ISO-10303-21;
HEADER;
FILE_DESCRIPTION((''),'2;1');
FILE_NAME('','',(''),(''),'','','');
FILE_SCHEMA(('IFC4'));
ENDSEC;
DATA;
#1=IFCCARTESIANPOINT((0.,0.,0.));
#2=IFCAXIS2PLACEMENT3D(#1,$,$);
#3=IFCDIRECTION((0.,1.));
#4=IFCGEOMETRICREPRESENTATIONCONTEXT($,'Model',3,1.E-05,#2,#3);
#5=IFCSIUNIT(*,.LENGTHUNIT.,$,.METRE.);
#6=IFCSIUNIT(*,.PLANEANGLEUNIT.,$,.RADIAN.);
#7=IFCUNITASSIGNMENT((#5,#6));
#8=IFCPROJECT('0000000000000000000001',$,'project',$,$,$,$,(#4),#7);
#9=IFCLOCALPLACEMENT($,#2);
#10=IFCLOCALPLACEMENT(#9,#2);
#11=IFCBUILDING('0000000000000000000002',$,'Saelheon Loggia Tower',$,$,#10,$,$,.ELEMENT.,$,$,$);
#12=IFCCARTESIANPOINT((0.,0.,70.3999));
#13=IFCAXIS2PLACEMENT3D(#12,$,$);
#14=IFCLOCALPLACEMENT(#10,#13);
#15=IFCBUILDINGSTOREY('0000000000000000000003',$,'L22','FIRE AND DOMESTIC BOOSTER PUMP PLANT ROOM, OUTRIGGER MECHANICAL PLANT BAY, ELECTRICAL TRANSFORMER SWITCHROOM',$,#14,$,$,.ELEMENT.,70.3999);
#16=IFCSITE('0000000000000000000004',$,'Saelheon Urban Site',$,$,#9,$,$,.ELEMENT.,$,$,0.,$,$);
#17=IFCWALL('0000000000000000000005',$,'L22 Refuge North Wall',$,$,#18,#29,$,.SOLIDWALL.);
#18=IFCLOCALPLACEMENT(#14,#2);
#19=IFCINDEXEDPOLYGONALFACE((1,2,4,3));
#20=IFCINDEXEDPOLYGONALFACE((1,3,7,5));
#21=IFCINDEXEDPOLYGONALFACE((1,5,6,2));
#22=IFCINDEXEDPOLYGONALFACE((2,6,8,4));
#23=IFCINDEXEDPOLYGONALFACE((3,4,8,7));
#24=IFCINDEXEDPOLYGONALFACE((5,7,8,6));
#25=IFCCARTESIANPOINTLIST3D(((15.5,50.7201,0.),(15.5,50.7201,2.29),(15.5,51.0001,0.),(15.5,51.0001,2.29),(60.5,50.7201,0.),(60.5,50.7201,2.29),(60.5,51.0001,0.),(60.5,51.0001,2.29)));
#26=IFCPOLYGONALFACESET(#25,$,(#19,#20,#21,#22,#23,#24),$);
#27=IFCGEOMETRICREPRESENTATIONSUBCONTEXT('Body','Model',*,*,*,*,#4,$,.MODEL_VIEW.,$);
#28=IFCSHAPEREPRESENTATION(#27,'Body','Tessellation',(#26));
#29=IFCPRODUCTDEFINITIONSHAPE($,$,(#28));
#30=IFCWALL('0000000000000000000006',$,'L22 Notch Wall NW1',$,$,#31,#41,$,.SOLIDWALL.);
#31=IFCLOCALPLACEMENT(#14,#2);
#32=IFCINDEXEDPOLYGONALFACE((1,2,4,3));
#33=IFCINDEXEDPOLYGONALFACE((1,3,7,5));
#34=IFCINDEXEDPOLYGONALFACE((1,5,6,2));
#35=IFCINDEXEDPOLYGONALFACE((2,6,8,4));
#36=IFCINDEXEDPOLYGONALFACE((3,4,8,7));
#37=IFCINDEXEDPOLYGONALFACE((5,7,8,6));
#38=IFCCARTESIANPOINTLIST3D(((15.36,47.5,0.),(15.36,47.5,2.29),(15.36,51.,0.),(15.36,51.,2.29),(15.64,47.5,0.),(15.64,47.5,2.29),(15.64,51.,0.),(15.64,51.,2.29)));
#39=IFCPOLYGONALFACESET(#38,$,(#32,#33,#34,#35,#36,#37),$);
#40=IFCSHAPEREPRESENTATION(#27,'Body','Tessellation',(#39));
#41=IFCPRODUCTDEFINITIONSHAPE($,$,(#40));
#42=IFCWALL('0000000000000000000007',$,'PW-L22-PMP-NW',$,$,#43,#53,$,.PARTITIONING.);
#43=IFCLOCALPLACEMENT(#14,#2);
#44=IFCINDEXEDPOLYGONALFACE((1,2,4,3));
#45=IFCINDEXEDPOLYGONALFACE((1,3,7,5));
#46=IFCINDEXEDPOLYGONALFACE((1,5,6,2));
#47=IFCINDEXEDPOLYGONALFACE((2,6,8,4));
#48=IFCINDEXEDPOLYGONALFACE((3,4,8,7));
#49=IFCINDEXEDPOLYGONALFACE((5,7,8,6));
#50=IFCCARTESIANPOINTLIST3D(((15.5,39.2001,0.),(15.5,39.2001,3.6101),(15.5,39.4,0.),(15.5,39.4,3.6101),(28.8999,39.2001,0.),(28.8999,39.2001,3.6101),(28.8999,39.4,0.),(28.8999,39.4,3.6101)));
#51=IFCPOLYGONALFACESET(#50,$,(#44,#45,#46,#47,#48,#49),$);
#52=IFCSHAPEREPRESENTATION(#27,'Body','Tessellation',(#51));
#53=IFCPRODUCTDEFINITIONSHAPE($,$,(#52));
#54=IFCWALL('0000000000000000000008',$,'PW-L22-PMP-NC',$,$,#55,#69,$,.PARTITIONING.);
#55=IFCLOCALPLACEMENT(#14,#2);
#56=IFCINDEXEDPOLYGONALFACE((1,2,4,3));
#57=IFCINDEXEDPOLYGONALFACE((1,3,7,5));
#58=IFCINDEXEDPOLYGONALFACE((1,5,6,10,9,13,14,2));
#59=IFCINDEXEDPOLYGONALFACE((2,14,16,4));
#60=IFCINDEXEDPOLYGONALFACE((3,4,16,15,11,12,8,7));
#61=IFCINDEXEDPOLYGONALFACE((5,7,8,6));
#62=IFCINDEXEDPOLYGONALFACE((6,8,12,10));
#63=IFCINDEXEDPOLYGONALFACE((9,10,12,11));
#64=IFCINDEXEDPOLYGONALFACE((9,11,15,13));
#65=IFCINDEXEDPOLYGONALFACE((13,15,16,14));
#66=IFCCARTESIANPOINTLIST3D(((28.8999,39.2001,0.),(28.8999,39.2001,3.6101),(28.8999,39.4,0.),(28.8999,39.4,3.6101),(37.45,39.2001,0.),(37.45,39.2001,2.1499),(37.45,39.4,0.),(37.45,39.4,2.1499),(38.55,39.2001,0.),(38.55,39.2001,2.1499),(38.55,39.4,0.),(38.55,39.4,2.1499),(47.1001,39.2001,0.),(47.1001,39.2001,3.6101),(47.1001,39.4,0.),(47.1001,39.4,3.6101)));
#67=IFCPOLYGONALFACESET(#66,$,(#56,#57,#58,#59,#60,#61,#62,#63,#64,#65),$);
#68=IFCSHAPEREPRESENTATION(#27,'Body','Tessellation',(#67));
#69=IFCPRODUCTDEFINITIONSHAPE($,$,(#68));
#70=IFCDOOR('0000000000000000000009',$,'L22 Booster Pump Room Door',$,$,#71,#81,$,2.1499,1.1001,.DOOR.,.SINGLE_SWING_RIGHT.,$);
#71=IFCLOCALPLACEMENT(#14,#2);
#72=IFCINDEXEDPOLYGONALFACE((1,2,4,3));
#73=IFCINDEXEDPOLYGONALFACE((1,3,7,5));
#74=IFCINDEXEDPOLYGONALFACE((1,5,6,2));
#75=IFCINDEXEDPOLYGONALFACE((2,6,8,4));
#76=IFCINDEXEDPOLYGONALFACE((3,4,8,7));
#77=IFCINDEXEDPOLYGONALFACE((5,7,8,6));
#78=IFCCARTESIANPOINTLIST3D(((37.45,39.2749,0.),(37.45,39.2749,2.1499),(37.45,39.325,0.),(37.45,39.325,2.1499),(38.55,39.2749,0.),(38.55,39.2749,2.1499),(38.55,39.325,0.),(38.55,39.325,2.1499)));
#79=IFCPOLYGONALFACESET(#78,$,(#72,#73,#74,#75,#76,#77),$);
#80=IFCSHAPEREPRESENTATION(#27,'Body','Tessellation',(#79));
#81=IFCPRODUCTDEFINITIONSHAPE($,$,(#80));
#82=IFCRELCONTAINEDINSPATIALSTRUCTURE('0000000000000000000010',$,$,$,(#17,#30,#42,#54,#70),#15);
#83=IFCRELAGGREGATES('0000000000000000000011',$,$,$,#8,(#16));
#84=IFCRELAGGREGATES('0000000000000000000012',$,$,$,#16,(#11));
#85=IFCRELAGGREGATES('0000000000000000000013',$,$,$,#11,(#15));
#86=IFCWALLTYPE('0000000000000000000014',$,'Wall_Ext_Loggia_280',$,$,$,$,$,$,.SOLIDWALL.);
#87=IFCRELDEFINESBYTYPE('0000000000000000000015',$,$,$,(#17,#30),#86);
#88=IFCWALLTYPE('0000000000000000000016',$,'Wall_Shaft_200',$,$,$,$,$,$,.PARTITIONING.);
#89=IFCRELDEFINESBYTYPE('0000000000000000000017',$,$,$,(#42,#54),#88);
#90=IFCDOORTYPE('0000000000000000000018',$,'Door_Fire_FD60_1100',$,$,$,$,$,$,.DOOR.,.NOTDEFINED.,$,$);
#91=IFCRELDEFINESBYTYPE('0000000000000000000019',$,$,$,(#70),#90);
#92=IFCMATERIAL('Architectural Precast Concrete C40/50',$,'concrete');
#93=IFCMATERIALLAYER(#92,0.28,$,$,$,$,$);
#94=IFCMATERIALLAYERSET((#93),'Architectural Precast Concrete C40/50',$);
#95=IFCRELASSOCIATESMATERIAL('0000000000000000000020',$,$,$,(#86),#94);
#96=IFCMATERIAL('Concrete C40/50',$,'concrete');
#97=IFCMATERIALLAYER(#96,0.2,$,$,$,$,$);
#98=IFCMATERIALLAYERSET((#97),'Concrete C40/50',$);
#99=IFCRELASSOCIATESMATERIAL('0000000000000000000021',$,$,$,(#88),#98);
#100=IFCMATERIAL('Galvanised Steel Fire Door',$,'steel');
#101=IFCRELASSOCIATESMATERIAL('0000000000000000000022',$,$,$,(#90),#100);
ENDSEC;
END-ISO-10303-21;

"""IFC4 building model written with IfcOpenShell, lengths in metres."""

from ifc_helpers import new_model, si_unit, direction, frame, frame_2d, origin, place, context, subcontext, project, spatial, rectangle, extrude, source, transform, mapped, material, layer, layer_set, type_object, element, fill, save


model = new_model("IFC4")

# Units and contexts
model_context = context("Model", 3, precision=1e-05, world=origin(), true_north=direction((0.0, 1.0)))
body_context = subcontext(model_context, "Body", "Model", "MODEL_VIEW")
ifc_project = project(units=[si_unit("LENGTHUNIT", "METRE"), si_unit("PLANEANGLEUNIT", "RADIAN")], contexts=[model_context])

# Site, building, storey
site_placement = place(None, origin())
site = spatial("IfcSite", under=ifc_project, at=site_placement, Name="Saelheon Urban Site", CompositionType="ELEMENT", RefElevation=0.0)
building_placement = place(site_placement, origin())
building = spatial("IfcBuilding", under=site, at=building_placement, Name="Saelheon Loggia Tower", CompositionType="ELEMENT")
storey_placement = place(building_placement, frame((0.0, 0.0, 70.3999)))
storey = spatial("IfcBuildingStorey", under=building, at=storey_placement, Name="L22", Description="FIRE AND DOMESTIC BOOSTER PUMP PLANT ROOM, OUTRIGGER MECHANICAL PLANT BAY, ELECTRICAL TRANSFORMER SWITCHROOM", CompositionType="ELEMENT", Elevation=70.3999)

# Shared definitions
ifc_material_1 = material(Name="Concrete C40/50", Category="concrete")

# Walls
ifc_material_2 = material(Name="Architectural Precast Concrete C40/50", Category="concrete")
ifc_layer_1 = layer(ifc_material_2, 0.28)
ifc_layer_set_1 = layer_set([ifc_layer_1], Name="Architectural Precast Concrete C40/50")
wall_type_1 = type_object("IfcWallType", Name="Wall_Ext_Loggia_280", PredefinedType="SOLIDWALL", material=ifc_layer_set_1)
wall_1_placement = place(storey_placement, frame((15.5, 50.8601, 0.0), z_axis=(0.0, 0.0, 1.0), x_axis=(1.0, 0.0, 0.0)))
element("IfcWall", 1, at=wall_1_placement, inside=storey, type_object=wall_type_1, Name="L22 Refuge North Wall", PredefinedType="SOLIDWALL", context=body_context, shape_type="SweptSolid", body=[
    extrude(rectangle(XDim=45.0, YDim=0.28, at=frame_2d((22.5, 0.0))), origin(), (0.0, 0.0, 1.0), 2.29),
])
wall_2_placement = place(storey_placement, frame((15.5, 47.5, 0.0), z_axis=(0.0, 0.0, 1.0), x_axis=(0.0, 1.0, 0.0)))
element("IfcWall", 2, at=wall_2_placement, inside=storey, type_object=wall_type_1, Name="L22 Notch Wall NW1", PredefinedType="SOLIDWALL", context=body_context, shape_type="SweptSolid", body=[
    extrude(rectangle(XDim=3.5, YDim=0.28, at=frame_2d((1.75, 0.0))), origin(), (0.0, 0.0, 1.0), 2.29),
])
ifc_layer_2 = layer(ifc_material_1, 0.2)
ifc_layer_set_2 = layer_set([ifc_layer_2], Name="Concrete C40/50")
wall_type_2 = type_object("IfcWallType", Name="Wall_Shaft_200", PredefinedType="PARTITIONING", material=ifc_layer_set_2)
wall_3_placement = place(storey_placement, frame((15.5, 39.3, 0.0), z_axis=(0.0, 0.0, 1.0), x_axis=(1.0, 0.0, 0.0)))
element("IfcWall", 3, at=wall_3_placement, inside=storey, type_object=wall_type_2, Name="PW-L22-PMP-NW", PredefinedType="PARTITIONING", context=body_context, shape_type="SweptSolid", body=[
    extrude(rectangle(XDim=13.3999, YDim=0.2, at=frame_2d((6.7, 0.0))), origin(), (0.0, 0.0, 1.0), 3.6101),
])

# Wall, opening, door
wall_4_placement = place(storey_placement, frame((28.8999, 39.3, 0.0), z_axis=(0.0, 0.0, 1.0), x_axis=(1.0, 0.0, 0.0)))
wall_4 = element("IfcWall", 4, at=wall_4_placement, inside=storey, type_object=wall_type_2, Name="PW-L22-PMP-NC", PredefinedType="PARTITIONING", context=body_context, shape_type="SweptSolid", body=[
    extrude(rectangle(XDim=18.2002, YDim=0.2, at=frame_2d((9.1001, 0.0))), origin(), (0.0, 0.0, 1.0), 3.6101),
])
opening_placement = place(wall_4_placement, frame((8.55, 0.0, 0.0)))
opening = element("IfcOpeningElement", 5, at=opening_placement, cuts=wall_4, PredefinedType="OPENING", context=body_context, shape_type="SweptSolid", body=[
    extrude(rectangle(XDim=1.1001, YDim=2.1499, at=frame_2d((0.55, 1.075))), frame((0.0, 0.1121, 0.0), z_axis=(0.0, -1.0, 0.0), x_axis=(1.0, 0.0, 0.0)), (0.0, 0.0, 1.0), 0.2239),
])
ifc_material_3 = material(Name="Galvanised Steel Fire Door", Category="steel")
door_type = type_object("IfcDoorType", Name="Door_Fire_FD60_1100", OperationType="NOTDEFINED", PredefinedType="DOOR", material=ifc_material_3)
shared_shape_1 = source(origin(), body_context, "Body", "SweptSolid", [
    extrude(rectangle(XDim=1.1001, YDim=2.1499, at=frame_2d((0.55, 1.075))), frame((0.0, 0.0249, 0.0), z_axis=(0.0, -1.0, 0.0), x_axis=(1.0, 0.0, 0.0)), (0.0, 0.0, 1.0), 0.05),
])
door_placement = place(opening_placement, origin())
door = element("IfcDoor", 6, at=door_placement, inside=storey, type_object=door_type, Name="L22 Booster Pump Room Door", OperationType="SINGLE_SWING_RIGHT", OverallHeight=2.1499, OverallWidth=1.1001, PredefinedType="DOOR", context=body_context, shape_type="MappedRepresentation", body=[
    mapped(shared_shape_1, transform((0.0, 0.0, 0.0), scale=1.0)),
])
fill(opening, door)

save(model, "model.ifc")
